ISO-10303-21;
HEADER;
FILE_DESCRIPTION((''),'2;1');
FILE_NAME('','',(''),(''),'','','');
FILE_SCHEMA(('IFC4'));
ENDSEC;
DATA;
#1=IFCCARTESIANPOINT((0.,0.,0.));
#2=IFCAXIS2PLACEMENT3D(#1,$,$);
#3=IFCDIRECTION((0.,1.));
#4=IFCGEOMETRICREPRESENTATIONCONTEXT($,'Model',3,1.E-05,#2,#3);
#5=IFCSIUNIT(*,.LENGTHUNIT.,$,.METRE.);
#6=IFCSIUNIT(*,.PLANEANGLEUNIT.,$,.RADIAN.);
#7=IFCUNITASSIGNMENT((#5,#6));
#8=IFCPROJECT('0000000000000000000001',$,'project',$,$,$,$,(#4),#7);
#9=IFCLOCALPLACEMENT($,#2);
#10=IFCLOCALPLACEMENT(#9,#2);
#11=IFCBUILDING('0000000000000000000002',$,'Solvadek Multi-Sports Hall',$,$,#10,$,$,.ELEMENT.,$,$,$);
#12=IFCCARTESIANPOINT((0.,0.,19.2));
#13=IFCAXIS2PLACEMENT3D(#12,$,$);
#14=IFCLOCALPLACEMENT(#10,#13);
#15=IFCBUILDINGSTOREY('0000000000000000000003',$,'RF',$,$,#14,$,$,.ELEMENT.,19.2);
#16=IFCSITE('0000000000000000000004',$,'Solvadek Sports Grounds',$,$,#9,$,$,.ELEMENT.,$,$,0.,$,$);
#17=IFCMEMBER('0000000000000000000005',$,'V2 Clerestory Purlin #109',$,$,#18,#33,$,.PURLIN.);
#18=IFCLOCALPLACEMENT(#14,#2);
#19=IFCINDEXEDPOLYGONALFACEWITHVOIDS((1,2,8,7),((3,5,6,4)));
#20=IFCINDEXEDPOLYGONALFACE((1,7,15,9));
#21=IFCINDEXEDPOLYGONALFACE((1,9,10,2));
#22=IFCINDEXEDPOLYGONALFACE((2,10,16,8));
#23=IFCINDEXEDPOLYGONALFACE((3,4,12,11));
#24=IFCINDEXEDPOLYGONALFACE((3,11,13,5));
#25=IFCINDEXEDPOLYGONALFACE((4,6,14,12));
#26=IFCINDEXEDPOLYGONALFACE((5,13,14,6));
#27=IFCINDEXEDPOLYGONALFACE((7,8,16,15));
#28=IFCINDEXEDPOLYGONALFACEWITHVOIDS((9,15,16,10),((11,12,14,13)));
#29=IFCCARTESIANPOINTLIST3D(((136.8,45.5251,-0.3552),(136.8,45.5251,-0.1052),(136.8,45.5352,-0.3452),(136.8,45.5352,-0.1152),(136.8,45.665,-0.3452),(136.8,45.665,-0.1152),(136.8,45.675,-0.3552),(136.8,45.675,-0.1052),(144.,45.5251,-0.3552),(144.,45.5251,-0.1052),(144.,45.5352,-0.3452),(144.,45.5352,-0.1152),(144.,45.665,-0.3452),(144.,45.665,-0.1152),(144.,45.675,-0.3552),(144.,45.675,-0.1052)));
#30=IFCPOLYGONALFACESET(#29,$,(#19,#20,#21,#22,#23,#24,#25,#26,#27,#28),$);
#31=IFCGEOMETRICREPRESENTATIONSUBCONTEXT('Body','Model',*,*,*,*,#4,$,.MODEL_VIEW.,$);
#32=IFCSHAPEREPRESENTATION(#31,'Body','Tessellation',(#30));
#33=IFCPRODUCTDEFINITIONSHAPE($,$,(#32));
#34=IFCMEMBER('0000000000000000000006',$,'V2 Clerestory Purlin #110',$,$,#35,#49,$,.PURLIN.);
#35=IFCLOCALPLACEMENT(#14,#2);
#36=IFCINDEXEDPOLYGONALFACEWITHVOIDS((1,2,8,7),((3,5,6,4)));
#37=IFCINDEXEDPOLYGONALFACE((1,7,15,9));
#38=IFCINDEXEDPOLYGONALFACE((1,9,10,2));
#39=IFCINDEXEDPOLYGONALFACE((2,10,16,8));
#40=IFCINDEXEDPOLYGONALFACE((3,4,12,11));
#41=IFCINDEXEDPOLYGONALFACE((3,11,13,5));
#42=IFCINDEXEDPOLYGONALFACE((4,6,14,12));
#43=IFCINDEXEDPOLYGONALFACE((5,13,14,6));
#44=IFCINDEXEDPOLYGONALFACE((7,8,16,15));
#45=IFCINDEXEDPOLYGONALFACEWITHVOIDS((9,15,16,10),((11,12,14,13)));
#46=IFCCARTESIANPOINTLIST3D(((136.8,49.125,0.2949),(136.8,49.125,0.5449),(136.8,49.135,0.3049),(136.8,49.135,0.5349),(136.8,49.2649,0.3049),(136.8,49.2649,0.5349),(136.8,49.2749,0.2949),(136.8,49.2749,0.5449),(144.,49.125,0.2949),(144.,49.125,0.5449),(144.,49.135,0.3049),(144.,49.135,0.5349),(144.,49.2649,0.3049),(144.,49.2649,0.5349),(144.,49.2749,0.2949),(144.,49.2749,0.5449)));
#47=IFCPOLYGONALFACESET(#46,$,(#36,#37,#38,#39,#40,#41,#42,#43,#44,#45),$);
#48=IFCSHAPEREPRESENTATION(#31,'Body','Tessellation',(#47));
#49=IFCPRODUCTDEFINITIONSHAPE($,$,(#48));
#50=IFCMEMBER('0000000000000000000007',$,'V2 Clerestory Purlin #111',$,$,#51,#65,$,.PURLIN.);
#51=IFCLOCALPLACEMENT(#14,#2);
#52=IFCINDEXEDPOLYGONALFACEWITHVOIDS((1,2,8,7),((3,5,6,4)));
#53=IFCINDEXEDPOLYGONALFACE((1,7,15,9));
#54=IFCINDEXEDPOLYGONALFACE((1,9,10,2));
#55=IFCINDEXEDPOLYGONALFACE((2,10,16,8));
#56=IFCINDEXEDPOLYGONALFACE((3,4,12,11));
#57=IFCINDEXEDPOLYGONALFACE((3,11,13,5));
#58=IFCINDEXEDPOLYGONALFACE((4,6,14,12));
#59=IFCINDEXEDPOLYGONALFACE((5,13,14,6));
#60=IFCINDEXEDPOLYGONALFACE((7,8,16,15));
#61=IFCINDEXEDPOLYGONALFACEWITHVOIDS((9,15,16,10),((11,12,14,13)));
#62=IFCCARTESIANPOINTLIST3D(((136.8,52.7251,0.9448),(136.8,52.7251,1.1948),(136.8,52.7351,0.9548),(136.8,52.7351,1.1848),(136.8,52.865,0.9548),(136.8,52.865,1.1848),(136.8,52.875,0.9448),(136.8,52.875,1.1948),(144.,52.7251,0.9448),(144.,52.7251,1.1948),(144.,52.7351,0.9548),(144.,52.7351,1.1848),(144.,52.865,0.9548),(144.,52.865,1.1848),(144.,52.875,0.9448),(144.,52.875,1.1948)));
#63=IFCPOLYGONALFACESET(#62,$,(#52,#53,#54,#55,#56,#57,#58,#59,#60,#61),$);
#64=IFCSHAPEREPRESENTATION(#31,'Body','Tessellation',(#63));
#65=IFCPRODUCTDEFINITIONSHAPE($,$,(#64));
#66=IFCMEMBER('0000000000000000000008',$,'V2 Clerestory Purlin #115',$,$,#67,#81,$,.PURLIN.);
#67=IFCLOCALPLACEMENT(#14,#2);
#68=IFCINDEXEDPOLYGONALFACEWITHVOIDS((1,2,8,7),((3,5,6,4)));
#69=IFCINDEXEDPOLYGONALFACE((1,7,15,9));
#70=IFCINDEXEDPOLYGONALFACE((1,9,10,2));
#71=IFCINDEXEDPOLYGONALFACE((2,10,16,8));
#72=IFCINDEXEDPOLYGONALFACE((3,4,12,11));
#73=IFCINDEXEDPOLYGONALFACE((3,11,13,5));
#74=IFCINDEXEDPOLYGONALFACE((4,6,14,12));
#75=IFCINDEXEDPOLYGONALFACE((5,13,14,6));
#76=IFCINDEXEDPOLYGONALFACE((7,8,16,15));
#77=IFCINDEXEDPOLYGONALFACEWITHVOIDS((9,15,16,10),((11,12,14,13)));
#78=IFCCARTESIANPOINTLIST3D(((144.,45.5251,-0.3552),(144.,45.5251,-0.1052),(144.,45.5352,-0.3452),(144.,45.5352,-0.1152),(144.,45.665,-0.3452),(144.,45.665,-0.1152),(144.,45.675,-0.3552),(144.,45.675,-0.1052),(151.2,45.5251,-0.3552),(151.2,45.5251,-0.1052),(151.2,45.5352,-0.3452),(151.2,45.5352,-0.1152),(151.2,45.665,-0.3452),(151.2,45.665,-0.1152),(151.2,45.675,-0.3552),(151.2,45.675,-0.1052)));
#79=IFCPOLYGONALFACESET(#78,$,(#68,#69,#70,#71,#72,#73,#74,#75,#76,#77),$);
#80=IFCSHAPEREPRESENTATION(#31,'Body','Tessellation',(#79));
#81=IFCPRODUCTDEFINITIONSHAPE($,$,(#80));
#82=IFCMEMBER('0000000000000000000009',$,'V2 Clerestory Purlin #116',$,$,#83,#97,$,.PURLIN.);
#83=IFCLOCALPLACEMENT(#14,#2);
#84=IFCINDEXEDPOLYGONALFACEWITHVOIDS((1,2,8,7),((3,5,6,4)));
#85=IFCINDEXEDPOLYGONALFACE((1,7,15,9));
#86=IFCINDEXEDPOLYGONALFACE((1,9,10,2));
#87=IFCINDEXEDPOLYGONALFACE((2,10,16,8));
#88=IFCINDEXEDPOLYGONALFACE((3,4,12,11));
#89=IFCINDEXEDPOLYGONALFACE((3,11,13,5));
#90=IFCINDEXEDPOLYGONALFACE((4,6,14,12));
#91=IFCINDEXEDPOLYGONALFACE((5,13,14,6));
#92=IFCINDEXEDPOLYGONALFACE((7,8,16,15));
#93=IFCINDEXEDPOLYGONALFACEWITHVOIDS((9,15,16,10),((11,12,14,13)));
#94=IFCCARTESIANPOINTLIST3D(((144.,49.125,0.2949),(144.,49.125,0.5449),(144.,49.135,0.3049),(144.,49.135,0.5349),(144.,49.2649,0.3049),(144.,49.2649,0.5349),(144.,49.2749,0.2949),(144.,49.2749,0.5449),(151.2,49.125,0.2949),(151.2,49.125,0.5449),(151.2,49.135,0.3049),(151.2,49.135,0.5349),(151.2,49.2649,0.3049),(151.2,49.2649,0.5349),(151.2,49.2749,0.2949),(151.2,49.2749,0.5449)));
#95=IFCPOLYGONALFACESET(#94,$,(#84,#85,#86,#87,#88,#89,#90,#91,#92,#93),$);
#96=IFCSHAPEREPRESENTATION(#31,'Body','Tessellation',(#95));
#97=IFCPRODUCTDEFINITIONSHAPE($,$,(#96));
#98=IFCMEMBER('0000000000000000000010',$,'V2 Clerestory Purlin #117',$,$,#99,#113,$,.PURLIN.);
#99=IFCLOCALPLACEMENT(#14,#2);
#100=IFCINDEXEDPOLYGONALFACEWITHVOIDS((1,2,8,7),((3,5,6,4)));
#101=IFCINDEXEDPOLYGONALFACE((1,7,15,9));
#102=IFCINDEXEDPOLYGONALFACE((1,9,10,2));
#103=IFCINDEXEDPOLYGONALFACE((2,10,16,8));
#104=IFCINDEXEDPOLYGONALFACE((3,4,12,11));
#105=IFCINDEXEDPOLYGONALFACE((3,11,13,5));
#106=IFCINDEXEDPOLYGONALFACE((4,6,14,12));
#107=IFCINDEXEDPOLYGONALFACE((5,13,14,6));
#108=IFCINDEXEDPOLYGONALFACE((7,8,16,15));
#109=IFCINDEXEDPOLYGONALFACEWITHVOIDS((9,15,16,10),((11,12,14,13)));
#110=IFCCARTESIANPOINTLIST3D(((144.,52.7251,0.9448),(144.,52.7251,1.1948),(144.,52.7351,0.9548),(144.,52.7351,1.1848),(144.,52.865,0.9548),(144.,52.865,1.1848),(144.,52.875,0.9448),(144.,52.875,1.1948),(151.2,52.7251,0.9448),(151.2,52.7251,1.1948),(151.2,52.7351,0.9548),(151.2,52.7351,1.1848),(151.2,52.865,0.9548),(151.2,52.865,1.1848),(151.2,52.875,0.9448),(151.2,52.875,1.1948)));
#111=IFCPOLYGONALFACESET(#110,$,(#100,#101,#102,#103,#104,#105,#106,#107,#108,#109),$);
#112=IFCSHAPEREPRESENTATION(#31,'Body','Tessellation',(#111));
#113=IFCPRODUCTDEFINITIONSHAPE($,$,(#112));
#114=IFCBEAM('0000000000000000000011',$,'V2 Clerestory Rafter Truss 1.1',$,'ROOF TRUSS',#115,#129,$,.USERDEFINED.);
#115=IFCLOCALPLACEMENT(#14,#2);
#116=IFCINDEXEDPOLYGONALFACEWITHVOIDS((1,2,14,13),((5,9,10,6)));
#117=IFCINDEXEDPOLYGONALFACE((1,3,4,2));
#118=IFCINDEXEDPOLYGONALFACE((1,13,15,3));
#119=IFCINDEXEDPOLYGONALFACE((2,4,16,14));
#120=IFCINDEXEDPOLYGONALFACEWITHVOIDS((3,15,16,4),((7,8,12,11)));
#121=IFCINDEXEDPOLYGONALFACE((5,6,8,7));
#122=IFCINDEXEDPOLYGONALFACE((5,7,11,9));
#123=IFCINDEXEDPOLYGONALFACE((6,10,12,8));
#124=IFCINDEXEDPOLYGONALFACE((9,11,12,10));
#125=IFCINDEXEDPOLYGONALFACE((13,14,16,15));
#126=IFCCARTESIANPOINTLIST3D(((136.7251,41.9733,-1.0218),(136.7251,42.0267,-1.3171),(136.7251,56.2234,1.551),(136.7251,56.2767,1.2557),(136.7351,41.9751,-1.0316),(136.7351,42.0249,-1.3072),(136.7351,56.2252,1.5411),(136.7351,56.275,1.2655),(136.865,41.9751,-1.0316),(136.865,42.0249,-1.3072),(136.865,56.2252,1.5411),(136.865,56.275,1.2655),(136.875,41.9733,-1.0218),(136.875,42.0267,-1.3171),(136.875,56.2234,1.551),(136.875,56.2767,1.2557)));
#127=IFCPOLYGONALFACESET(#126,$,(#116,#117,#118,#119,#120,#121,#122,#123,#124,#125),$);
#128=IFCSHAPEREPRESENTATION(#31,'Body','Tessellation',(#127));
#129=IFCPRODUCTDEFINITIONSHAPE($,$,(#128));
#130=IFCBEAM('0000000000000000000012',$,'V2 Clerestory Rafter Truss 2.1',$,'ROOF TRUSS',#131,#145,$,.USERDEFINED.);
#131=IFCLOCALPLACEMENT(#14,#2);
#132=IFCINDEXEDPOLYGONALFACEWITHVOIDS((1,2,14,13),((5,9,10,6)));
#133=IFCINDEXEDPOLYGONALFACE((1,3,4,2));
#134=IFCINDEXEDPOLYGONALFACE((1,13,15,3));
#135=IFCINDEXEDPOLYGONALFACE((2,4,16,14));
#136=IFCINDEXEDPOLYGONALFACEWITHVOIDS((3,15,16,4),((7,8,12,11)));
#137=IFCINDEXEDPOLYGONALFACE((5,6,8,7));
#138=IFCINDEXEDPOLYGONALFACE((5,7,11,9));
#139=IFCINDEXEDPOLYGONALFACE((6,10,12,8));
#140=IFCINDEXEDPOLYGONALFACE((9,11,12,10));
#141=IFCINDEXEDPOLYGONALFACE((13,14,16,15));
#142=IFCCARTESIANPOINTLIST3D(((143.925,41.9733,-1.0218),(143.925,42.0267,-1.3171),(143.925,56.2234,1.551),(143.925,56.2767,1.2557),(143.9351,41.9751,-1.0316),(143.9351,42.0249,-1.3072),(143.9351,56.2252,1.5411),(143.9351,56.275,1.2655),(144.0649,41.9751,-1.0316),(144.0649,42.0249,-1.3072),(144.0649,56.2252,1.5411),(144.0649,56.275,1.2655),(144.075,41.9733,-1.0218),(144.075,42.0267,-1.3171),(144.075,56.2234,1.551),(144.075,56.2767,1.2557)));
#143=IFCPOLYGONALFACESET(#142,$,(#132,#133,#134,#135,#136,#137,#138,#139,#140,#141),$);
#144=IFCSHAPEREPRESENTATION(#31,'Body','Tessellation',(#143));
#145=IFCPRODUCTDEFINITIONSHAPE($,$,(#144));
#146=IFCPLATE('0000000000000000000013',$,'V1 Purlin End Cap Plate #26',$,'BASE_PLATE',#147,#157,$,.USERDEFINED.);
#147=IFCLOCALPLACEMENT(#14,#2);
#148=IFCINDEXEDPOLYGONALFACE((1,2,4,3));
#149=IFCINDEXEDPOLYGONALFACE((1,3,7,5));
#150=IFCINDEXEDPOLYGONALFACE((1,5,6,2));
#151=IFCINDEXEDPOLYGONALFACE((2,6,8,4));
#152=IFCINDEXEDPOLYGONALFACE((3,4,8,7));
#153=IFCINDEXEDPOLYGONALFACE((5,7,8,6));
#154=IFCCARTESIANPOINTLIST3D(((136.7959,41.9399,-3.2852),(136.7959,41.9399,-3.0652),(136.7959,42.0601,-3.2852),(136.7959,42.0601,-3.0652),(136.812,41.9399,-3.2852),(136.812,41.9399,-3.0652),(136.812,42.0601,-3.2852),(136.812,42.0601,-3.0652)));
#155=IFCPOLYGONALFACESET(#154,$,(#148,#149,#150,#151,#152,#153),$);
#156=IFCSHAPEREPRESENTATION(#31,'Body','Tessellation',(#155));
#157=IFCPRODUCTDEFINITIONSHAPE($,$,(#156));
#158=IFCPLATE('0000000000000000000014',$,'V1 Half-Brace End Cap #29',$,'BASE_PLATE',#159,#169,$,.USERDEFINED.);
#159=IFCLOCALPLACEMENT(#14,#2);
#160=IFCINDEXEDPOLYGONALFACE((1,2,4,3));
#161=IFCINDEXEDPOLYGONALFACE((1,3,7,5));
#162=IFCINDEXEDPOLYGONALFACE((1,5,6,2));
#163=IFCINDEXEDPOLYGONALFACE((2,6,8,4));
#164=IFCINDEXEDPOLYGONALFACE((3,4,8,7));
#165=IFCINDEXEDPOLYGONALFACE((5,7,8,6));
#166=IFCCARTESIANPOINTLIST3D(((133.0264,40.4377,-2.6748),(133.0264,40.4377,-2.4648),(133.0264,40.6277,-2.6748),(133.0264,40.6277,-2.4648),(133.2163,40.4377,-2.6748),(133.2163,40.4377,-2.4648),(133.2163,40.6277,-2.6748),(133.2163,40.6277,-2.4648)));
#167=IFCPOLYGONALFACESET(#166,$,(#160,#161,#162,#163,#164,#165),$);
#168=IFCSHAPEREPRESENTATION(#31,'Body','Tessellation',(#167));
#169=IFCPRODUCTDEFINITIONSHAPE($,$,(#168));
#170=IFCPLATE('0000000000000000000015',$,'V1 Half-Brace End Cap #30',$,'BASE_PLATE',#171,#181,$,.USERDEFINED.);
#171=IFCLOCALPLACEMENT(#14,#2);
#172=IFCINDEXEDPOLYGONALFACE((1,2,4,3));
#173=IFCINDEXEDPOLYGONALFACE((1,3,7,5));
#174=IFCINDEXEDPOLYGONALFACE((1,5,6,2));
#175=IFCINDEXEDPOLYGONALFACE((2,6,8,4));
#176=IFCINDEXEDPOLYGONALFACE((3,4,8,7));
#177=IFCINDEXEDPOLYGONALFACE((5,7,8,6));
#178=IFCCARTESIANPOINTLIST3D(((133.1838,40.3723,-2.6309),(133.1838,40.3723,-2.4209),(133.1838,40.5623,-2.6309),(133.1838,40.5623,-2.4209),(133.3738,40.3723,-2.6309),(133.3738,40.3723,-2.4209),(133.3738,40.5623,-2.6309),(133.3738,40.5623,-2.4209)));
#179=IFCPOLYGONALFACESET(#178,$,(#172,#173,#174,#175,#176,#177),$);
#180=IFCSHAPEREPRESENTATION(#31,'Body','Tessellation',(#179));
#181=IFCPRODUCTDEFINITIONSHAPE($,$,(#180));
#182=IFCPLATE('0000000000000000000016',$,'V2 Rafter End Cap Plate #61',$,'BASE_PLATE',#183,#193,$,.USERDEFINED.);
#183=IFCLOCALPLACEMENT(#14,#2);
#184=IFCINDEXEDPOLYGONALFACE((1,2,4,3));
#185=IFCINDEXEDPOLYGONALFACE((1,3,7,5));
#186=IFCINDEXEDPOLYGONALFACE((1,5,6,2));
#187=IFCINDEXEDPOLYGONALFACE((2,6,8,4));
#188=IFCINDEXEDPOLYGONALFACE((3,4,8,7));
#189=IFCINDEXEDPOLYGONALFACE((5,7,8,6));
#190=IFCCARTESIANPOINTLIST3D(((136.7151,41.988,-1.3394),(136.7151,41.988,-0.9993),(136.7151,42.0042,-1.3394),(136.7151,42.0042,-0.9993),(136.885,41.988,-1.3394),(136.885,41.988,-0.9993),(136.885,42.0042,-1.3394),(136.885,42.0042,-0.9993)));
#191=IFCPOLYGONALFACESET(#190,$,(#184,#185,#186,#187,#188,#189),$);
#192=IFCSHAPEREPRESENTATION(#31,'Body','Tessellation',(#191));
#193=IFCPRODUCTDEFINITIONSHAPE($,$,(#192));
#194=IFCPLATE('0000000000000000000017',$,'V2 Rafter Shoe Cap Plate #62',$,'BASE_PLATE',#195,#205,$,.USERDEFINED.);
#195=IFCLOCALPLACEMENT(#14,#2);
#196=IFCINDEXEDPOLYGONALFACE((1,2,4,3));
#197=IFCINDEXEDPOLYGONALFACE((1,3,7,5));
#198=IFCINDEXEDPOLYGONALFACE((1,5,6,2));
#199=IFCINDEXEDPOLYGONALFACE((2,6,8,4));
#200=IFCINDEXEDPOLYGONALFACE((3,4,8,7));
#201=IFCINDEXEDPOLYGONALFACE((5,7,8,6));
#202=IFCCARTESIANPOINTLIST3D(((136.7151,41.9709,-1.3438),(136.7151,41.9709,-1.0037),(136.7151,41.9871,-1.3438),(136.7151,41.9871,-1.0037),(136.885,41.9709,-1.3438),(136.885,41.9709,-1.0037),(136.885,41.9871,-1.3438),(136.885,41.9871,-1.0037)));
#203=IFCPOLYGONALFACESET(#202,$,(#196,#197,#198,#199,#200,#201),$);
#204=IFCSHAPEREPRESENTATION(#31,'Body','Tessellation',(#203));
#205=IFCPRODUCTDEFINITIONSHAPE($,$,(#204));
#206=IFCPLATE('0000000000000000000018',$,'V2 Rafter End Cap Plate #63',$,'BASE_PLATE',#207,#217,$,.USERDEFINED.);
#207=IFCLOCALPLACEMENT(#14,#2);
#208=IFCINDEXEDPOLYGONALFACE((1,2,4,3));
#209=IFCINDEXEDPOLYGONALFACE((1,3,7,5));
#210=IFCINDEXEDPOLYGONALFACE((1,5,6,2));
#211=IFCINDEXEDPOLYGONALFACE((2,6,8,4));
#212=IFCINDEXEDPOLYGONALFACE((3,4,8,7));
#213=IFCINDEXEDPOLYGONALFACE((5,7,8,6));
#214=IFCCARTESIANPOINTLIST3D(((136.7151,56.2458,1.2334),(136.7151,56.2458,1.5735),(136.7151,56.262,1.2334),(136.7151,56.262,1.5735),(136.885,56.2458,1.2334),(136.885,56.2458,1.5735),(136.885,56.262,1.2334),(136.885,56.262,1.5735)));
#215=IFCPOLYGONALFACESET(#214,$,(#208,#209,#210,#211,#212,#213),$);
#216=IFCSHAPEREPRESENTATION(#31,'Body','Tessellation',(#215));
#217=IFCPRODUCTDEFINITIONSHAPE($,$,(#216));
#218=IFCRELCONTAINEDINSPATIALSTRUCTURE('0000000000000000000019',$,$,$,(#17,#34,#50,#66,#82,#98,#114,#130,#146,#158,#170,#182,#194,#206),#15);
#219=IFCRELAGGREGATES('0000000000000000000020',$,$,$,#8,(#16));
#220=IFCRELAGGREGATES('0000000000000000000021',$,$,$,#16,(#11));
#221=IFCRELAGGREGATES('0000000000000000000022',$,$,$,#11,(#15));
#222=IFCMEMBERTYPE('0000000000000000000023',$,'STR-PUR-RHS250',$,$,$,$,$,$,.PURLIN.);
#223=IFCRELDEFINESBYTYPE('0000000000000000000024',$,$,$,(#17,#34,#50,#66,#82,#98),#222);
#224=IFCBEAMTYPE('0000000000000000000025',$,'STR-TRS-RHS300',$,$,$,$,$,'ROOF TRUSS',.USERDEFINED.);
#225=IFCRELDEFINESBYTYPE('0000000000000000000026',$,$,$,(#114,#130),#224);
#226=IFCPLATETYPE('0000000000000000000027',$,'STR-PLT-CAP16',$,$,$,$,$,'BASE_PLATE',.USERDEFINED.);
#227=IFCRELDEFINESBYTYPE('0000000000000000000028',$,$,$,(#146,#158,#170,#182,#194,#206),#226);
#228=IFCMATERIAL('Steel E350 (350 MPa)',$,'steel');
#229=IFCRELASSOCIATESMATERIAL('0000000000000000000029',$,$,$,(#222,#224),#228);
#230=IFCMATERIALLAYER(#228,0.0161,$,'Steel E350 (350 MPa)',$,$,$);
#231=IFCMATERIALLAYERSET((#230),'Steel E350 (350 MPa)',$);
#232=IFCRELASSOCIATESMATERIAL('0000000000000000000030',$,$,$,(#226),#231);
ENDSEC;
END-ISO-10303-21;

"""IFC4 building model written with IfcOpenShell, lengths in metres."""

from ifc_helpers import new_model, si_unit, direction, frame, origin, origin_2d, place, context, subcontext, project, spatial, rectangle, hollow_rectangle, extrude, material, layer, layer_set, material_profile, profile_set, type_object, element, save


model = new_model("IFC4")

# Units and contexts
model_context = context("Model", 3, precision=1e-05, world=origin(), true_north=direction((0.0, 1.0)))
body_context = subcontext(model_context, "Body", "Model", "MODEL_VIEW")
ifc_project = project(units=[si_unit("LENGTHUNIT", "METRE"), si_unit("PLANEANGLEUNIT", "RADIAN")], contexts=[model_context])

# Site, building, storey
site_placement = place(None, origin())
site = spatial("IfcSite", under=ifc_project, at=site_placement, Name="Solvadek Sports Grounds", CompositionType="ELEMENT", RefElevation=0.0)
building_placement = place(site_placement, origin())
building = spatial("IfcBuilding", under=site, at=building_placement, Name="Solvadek Multi-Sports Hall", CompositionType="ELEMENT")
storey_placement = place(building_placement, frame((0.0, 0.0, 19.2)))
storey = spatial("IfcBuildingStorey", under=building, at=storey_placement, Name="RF", CompositionType="ELEMENT", Elevation=19.2)

# Shared definitions
ifc_material_1 = material(Name="Steel E350 (350 MPa)", Category="steel")

# Members
ifc_material_profile_1 = material_profile(ifc_material_1, hollow_rectangle(XDim=0.1499, YDim=0.25, WallThickness=0.01, at=origin_2d()), Name="RHS 250x150x10")
ifc_profile_set_1 = profile_set([ifc_material_profile_1], Name="Steel E350 (350 MPa)")
member_type_1 = type_object("IfcMemberType", Name="STR-PUR-RHS250", PredefinedType="PURLIN", material=ifc_profile_set_1)
for number, where, z_axis, x_axis, name in (
    (1, (136.8, 45.6001, -0.2302), (1.0, 0.0, 0.0), (0.0, 1.0, 0.0), "V2 Clerestory Purlin #109"),
    (2, (136.8, 49.2, 0.4199), (1.0, 0.0, 0.0), (0.0, 1.0, 0.0), "V2 Clerestory Purlin #110"),
    (3, (136.8, 52.8, 1.0698), (1.0, 0.0, 0.0), (0.0, 1.0, 0.0), "V2 Clerestory Purlin #111"),
    (4, (144.0, 45.6001, -0.2302), (1.0, 0.0, 0.0), (0.0, 1.0, 0.0), "V2 Clerestory Purlin #115"),
    (5, (144.0, 49.2, 0.4199), (1.0, 0.0, 0.0), (0.0, 1.0, 0.0), "V2 Clerestory Purlin #116"),
    (6, (144.0, 52.8, 1.0698), (1.0, 0.0, 0.0), (0.0, 1.0, 0.0), "V2 Clerestory Purlin #117"),
):
    element("IfcMember", number, at=place(storey_placement, frame(where, z_axis=z_axis, x_axis=x_axis)), inside=storey, type_object=member_type_1, Name=name, PredefinedType="PURLIN", context=body_context, shape_type="SweptSolid", body=[
        extrude(hollow_rectangle(XDim=0.1499, YDim=0.25, WallThickness=0.01, at=origin_2d()), origin(), (0.0, 0.0, 1.0), 7.2),
    ])

# Beams
ifc_material_profile_2 = material_profile(ifc_material_1, hollow_rectangle(XDim=0.1499, YDim=0.3, WallThickness=0.01, at=origin_2d()), Name="RHS 300x150x10")
ifc_profile_set_2 = profile_set([ifc_material_profile_2], Name="Steel E350 (350 MPa)")
beam_type = type_object("IfcBeamType", Name="STR-TRS-RHS300", ElementType="ROOF TRUSS", PredefinedType="USERDEFINED", material=ifc_profile_set_2)
for number, where, z_axis, x_axis, name in (
    (7, (136.8, 42.0, -1.1694), (0.0, 0.98409, 0.177672), (-1.0, 0.0, 0.0), "V2 Clerestory Rafter Truss 1.1"),
    (8, (144.0, 42.0, -1.1694), (0.0, 0.98409, 0.177672), (-1.0, 0.0, 0.0), "V2 Clerestory Rafter Truss 2.1"),
):
    element("IfcBeam", number, at=place(storey_placement, frame(where, z_axis=z_axis, x_axis=x_axis)), inside=storey, type_object=beam_type, Name=name, ObjectType="ROOF TRUSS", PredefinedType="USERDEFINED", context=body_context, shape_type="SweptSolid", body=[
        extrude(hollow_rectangle(XDim=0.1499, YDim=0.3, WallThickness=0.01, at=origin_2d()), origin(), (0.0, 0.0, 1.0), 14.4805),
    ])

# Plates
ifc_layer_1 = layer(ifc_material_1, 0.0161, Name="Steel E350 (350 MPa)")
ifc_layer_set_1 = layer_set([ifc_layer_1], Name="Steel E350 (350 MPa)")
plate_type_1 = type_object("IfcPlateType", Name="STR-PLT-CAP16", ElementType="BASE_PLATE", PredefinedType="USERDEFINED", material=ifc_layer_set_1)
plate_1_placement = place(storey_placement, frame((136.804, 42.0, -3.2852), z_axis=(0.0, 0.0, 1.0), x_axis=(1.0, 0.0, 0.0)))
element("IfcPlate", 9, at=plate_1_placement, inside=storey, type_object=plate_type_1, Name="V1 Purlin End Cap Plate #26", ObjectType="BASE_PLATE", PredefinedType="USERDEFINED", context=body_context, shape_type="SweptSolid", body=[
    extrude(rectangle(XDim=0.0161, YDim=0.1201, at=origin_2d()), origin(), (0.0, 0.0, 1.0), 0.22),
])
for number, where, z_axis, x_axis, name in (
    (10, (133.1213, 40.5327, -2.6748), (0.0, 0.0, 1.0), (1.0, 0.0, 0.0), "V1 Half-Brace End Cap #29"),
    (11, (133.2788, 40.4673, -2.6309), (0.0, 0.0, 1.0), (1.0, 0.0, 0.0), "V1 Half-Brace End Cap #30"),
):
    element("IfcPlate", number, at=place(storey_placement, frame(where, z_axis=z_axis, x_axis=x_axis)), inside=storey, type_object=plate_type_1, Name=name, ObjectType="BASE_PLATE", PredefinedType="USERDEFINED", context=body_context, shape_type="SweptSolid", body=[
        extrude(rectangle(XDim=0.1899, YDim=0.1899, at=origin_2d()), origin(), (0.0, 0.0, 1.0), 0.21),
    ])
for number, where, z_axis, x_axis, name in (
    (12, (136.8, 41.9961, -1.3394), (0.0, 0.0, 1.0), (1.0, 0.0, 0.0), "V2 Rafter End Cap Plate #61"),
    (13, (136.8, 41.979, -1.3438), (0.0, 0.0, 1.0), (1.0, 0.0, 0.0), "V2 Rafter Shoe Cap Plate #62"),
    (14, (136.8, 56.2539, 1.2334), (0.0, 0.0, 1.0), (1.0, 0.0, 0.0), "V2 Rafter End Cap Plate #63"),
):
    element("IfcPlate", number, at=place(storey_placement, frame(where, z_axis=z_axis, x_axis=x_axis)), inside=storey, type_object=plate_type_1, Name=name, ObjectType="BASE_PLATE", PredefinedType="USERDEFINED", context=body_context, shape_type="SweptSolid", body=[
        extrude(rectangle(XDim=0.1699, YDim=0.0161, at=origin_2d()), origin(), (0.0, 0.0, 1.0), 0.3401),
    ])

save(model, "model.ifc")
